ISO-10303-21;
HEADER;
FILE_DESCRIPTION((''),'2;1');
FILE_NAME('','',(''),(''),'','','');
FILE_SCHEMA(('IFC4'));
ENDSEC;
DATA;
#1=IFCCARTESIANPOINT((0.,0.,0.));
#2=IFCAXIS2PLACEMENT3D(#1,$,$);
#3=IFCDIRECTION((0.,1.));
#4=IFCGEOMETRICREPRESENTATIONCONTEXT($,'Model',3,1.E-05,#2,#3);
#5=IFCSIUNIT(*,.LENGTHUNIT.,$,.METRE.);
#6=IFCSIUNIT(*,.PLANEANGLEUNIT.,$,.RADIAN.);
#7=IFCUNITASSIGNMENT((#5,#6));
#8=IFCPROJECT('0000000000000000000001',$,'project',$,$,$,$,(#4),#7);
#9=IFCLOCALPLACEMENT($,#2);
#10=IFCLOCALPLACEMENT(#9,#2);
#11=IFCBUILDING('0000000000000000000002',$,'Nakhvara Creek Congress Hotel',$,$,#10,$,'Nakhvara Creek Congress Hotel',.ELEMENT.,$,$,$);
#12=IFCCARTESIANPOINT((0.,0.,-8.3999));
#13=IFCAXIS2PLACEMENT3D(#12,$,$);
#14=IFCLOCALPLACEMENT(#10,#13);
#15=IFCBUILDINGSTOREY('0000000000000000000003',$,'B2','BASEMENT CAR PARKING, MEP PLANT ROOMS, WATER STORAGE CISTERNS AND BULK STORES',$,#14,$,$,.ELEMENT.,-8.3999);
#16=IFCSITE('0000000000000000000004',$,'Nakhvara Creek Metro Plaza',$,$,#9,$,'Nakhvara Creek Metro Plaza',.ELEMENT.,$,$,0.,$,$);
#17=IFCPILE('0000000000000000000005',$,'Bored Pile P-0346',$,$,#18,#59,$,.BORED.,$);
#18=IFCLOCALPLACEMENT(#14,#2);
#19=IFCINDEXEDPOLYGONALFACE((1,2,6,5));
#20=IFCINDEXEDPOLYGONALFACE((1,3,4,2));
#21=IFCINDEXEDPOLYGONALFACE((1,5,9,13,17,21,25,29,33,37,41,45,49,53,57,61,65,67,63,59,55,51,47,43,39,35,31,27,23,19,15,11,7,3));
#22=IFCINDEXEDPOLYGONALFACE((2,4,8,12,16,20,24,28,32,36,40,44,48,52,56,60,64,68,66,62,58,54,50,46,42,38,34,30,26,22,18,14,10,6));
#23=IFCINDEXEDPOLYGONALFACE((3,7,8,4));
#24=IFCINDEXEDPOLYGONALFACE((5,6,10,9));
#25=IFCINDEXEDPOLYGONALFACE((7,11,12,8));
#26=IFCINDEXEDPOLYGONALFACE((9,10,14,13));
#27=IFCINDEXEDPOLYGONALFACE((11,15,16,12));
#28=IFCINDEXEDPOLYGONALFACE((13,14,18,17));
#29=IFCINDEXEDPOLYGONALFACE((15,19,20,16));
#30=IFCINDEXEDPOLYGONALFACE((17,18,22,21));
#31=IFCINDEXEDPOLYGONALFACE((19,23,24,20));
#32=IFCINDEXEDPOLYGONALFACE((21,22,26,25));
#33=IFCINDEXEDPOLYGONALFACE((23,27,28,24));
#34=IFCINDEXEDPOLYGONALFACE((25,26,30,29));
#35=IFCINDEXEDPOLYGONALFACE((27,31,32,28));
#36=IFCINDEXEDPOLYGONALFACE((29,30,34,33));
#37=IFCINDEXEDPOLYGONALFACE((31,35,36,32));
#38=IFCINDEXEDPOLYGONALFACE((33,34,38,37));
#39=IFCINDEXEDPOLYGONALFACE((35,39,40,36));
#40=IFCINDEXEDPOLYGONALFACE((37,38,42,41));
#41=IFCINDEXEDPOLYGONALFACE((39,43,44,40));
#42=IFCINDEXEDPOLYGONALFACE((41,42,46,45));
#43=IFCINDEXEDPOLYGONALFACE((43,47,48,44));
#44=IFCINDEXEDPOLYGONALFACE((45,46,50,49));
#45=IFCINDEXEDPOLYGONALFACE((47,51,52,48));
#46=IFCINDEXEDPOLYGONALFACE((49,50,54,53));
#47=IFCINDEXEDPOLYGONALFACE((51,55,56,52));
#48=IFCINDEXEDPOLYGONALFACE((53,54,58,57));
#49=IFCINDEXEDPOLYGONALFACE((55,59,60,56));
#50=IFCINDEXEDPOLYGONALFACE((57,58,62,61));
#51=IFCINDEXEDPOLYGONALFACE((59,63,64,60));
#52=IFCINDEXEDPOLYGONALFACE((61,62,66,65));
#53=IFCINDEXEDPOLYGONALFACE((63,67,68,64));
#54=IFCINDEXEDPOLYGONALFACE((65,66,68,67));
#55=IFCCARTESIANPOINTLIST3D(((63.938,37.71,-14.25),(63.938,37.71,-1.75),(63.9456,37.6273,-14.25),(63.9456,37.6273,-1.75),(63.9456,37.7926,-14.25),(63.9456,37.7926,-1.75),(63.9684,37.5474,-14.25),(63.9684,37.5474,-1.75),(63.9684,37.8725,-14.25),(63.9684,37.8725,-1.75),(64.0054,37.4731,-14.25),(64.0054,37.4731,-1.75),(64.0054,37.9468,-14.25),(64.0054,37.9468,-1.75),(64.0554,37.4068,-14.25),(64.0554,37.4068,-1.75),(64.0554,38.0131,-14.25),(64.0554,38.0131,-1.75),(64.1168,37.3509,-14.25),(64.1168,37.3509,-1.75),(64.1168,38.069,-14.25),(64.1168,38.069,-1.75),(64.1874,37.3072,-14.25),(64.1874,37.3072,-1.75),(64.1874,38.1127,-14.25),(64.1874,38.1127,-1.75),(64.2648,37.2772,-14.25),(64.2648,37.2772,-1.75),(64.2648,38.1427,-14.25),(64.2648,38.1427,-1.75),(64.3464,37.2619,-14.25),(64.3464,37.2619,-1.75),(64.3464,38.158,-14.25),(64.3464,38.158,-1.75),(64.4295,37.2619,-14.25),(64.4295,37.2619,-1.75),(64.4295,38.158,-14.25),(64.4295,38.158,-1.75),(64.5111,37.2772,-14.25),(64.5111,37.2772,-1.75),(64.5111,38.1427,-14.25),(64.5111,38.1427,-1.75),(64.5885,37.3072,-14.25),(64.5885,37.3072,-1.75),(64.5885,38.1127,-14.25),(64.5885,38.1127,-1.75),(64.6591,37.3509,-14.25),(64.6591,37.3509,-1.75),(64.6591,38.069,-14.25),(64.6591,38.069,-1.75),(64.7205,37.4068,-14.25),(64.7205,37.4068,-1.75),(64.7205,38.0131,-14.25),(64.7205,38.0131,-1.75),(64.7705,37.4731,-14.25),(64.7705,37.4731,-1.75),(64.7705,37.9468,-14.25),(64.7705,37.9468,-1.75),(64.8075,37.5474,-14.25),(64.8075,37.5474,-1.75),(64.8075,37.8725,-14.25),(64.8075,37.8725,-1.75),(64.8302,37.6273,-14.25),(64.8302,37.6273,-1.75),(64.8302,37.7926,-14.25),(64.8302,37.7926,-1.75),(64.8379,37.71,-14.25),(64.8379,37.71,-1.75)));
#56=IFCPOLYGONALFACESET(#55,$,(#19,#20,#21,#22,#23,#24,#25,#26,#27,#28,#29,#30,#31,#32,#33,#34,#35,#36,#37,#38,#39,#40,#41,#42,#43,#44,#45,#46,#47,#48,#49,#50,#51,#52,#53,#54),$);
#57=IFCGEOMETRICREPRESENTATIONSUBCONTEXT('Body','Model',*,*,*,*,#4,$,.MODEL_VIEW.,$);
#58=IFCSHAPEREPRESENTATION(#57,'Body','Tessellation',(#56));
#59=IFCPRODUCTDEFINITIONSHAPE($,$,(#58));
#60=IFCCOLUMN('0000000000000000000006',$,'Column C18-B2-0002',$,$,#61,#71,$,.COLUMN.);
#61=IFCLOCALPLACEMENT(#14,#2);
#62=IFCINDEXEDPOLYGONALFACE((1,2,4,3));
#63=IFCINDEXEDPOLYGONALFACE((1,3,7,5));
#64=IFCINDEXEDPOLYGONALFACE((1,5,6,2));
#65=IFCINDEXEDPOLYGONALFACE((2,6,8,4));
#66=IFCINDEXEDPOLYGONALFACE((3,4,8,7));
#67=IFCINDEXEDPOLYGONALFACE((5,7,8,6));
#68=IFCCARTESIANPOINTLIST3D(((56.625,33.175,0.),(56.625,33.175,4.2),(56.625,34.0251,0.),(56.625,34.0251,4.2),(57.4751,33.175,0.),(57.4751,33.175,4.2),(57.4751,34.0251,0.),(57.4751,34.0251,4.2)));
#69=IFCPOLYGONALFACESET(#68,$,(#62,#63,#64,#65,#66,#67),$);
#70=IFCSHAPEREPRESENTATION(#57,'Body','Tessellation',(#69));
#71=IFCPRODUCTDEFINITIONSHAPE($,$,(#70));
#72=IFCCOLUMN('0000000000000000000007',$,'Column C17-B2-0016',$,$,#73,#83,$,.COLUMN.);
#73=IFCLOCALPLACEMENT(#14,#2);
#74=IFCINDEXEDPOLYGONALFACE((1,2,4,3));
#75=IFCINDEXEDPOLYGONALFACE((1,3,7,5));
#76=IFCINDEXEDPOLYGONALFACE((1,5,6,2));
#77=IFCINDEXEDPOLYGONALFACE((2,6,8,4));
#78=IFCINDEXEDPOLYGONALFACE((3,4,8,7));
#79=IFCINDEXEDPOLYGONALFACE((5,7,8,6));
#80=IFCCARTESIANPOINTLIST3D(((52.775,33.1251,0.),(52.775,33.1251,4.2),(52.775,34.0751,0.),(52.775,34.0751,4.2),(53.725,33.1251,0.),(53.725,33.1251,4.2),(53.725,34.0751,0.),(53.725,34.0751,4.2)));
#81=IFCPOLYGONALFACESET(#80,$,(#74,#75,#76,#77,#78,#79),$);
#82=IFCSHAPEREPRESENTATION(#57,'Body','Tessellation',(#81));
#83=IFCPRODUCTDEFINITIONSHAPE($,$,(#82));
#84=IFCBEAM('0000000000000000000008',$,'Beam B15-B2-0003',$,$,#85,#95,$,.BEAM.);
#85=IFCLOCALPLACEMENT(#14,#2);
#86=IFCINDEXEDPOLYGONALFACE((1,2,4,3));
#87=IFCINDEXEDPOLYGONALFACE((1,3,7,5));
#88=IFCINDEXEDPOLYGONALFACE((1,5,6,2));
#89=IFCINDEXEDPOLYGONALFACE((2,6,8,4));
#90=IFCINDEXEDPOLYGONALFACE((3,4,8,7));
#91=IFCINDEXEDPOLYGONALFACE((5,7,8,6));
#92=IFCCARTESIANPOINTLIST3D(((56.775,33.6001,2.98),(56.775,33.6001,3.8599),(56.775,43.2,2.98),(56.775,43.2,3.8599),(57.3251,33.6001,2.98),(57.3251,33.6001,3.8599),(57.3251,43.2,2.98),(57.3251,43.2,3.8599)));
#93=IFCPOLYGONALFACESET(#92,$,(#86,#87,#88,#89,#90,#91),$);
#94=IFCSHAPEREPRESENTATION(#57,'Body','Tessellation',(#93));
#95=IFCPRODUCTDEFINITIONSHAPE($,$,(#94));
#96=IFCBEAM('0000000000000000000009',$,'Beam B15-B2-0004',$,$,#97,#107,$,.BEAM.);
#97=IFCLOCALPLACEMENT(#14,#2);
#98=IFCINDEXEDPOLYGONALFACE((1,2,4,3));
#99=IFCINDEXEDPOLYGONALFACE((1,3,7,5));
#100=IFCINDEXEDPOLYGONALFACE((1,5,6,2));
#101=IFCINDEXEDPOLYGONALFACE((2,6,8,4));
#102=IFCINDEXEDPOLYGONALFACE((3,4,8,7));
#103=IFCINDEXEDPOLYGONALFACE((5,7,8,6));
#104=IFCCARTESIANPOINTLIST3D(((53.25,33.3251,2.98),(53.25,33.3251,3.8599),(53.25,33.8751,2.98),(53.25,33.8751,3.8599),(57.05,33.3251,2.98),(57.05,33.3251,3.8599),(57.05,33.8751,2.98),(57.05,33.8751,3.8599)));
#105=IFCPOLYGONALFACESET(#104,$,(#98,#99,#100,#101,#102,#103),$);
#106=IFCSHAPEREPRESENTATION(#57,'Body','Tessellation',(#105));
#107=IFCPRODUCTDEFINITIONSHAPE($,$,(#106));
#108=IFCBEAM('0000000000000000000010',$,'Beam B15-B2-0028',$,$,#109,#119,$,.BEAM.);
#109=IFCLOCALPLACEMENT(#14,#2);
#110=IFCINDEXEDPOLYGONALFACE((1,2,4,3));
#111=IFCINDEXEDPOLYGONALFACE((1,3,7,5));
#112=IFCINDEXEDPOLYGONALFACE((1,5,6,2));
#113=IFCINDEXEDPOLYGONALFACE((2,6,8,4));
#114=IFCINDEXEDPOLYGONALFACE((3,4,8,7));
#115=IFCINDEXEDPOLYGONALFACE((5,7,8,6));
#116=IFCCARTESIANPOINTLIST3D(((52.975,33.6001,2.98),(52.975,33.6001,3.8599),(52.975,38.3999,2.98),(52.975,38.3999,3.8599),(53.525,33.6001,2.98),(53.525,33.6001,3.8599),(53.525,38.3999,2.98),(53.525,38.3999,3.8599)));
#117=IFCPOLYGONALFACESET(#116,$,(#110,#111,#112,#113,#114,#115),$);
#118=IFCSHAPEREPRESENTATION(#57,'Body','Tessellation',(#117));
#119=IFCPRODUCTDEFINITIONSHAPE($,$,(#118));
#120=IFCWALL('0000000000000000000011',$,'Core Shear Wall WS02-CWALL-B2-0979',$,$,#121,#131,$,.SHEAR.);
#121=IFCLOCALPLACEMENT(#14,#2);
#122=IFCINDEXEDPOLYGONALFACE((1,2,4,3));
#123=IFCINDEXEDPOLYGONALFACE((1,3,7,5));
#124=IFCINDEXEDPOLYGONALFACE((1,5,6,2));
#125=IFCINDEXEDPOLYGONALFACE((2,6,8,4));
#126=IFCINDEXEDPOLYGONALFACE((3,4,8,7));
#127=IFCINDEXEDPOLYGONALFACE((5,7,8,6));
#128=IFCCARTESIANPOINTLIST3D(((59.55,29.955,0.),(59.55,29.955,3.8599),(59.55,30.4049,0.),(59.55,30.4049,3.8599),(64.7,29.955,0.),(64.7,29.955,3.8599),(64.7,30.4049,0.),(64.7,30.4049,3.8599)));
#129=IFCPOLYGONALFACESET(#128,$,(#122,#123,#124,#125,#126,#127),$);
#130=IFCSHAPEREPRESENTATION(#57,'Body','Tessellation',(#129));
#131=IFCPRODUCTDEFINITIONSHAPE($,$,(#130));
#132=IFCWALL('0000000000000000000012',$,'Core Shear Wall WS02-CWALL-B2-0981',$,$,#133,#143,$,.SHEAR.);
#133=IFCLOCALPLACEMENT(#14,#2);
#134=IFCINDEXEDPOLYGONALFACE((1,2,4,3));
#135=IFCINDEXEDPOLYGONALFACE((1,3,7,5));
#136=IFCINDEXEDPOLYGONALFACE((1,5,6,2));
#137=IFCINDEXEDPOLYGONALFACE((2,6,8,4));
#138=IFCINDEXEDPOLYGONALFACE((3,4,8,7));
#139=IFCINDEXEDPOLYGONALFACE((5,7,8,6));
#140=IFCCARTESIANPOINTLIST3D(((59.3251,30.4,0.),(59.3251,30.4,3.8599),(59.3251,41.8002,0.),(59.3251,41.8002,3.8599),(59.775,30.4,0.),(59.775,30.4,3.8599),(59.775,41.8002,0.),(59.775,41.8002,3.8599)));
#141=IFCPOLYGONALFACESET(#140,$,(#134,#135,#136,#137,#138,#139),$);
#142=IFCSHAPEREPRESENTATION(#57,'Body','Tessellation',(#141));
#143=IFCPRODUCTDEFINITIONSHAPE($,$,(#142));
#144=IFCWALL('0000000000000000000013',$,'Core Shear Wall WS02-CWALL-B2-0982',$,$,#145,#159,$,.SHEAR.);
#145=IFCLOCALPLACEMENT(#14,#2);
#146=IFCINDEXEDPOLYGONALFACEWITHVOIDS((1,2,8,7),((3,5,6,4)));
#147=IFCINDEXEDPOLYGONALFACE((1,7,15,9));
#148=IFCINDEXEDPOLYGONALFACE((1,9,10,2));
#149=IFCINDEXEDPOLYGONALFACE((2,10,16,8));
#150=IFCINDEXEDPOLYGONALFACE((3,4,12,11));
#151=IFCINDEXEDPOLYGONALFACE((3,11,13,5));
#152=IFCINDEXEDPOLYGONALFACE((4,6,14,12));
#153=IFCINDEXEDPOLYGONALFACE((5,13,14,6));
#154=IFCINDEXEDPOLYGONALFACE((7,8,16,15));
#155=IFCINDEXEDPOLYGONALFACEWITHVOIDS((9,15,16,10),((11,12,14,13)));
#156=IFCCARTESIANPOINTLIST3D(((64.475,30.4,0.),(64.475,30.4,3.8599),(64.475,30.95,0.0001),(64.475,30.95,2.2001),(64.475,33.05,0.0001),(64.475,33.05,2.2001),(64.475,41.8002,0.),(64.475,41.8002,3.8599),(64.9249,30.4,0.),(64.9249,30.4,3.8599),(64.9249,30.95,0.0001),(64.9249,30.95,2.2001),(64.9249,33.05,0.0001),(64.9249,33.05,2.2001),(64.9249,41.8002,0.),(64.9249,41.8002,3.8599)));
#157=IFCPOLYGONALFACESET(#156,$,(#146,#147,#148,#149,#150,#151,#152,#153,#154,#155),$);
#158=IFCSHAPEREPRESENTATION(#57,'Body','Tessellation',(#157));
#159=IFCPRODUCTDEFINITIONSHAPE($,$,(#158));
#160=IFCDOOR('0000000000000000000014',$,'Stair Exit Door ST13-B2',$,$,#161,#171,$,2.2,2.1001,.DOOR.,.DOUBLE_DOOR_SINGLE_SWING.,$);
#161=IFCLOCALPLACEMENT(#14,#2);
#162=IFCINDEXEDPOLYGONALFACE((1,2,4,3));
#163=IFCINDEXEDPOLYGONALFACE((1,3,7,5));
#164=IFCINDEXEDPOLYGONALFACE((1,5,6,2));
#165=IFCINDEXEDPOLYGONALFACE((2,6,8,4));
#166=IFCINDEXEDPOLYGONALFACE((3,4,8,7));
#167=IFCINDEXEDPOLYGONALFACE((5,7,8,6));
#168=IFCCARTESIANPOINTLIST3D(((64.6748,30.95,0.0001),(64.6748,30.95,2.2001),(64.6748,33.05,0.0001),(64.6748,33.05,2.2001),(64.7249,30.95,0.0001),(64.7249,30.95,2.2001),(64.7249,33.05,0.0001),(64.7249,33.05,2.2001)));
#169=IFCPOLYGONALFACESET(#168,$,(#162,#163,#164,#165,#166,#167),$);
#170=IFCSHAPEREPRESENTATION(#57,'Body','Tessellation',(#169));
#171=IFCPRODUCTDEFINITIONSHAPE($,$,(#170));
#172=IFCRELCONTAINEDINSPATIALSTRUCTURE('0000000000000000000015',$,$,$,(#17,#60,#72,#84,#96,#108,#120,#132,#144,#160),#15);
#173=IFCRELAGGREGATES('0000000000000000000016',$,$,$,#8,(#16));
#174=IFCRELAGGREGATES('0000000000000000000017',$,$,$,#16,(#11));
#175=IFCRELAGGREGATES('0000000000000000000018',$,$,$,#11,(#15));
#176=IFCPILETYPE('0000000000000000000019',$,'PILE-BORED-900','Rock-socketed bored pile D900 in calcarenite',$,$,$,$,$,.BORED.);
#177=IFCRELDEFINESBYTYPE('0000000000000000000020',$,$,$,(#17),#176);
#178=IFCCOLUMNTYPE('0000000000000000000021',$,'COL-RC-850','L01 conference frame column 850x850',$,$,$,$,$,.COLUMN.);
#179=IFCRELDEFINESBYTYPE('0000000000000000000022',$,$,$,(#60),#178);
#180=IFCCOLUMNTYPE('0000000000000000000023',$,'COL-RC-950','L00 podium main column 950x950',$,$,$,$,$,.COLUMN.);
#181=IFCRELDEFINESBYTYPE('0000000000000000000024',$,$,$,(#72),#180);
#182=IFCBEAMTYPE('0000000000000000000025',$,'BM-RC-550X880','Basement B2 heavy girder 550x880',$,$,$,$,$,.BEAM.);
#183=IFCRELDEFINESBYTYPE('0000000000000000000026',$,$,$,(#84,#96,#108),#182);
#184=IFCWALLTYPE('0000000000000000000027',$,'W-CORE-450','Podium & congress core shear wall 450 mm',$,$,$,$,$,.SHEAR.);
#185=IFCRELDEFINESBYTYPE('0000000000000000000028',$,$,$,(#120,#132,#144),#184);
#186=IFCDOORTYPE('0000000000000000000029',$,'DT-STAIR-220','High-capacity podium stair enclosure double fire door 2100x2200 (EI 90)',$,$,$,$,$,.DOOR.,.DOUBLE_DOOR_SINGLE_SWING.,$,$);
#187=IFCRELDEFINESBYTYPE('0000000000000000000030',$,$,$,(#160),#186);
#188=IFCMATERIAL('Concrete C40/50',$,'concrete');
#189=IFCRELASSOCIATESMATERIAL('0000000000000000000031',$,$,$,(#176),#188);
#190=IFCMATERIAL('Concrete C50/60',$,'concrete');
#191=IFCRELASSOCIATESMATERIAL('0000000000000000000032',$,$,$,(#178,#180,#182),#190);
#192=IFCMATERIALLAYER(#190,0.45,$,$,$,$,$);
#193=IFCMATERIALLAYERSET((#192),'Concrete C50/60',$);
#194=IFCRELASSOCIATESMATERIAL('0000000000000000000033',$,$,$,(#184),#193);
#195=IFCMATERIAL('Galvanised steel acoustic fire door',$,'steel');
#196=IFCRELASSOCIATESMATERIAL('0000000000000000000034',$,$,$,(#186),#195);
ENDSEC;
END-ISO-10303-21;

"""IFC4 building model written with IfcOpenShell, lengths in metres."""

from ifc_helpers import new_model, si_unit, direction, frame, frame_2d, origin, origin_2d, place, context, subcontext, project, spatial, rectangle, circle, extrude, material, layer, layer_set, material_profile, profile_set, type_object, element, fill, save


model = new_model("IFC4")

# Units and contexts
model_context = context("Model", 3, precision=1e-05, world=origin(), true_north=direction((0.0, 1.0)))
body_context = subcontext(model_context, "Body", "Model", "MODEL_VIEW")
ifc_project = project(units=[si_unit("LENGTHUNIT", "METRE"), si_unit("PLANEANGLEUNIT", "RADIAN")], contexts=[model_context])

# Site, building, storey
site_placement = place(None, origin())
site = spatial("IfcSite", under=ifc_project, at=site_placement, Name="Nakhvara Creek Metro Plaza", LongName="Nakhvara Creek Metro Plaza", CompositionType="ELEMENT", RefElevation=0.0)
building_placement = place(site_placement, origin())
building = spatial("IfcBuilding", under=site, at=building_placement, Name="Nakhvara Creek Congress Hotel", LongName="Nakhvara Creek Congress Hotel", CompositionType="ELEMENT")
storey_placement = place(building_placement, frame((0.0, 0.0, -8.3999)))
storey = spatial("IfcBuildingStorey", under=building, at=storey_placement, Name="B2", Description="BASEMENT CAR PARKING, MEP PLANT ROOMS, WATER STORAGE CISTERNS AND BULK STORES", CompositionType="ELEMENT", Elevation=-8.3999)

# Shared definitions
ifc_material_1 = material(Name="Concrete C40/50", Category="concrete")

# Pile
ifc_material_profile_1 = material_profile(ifc_material_1, circle(Radius=0.45, at=origin_2d()), Name="BORED PILE D900", Category="LoadBearing")
ifc_profile_set_1 = profile_set([ifc_material_profile_1], Name="Concrete C40/50")
pile_type = type_object("IfcPileType", Name="PILE-BORED-900", Description="Rock-socketed bored pile D900 in calcarenite", PredefinedType="BORED", material=ifc_profile_set_1)
for number, where, z_axis, x_axis, name in (
    (1, (64.3879, 37.71, -1.75), (0.0, 0.0, -1.0), (1.0, 0.0, 0.0), "Bored Pile P-0346"),
):
    element("IfcPile", number, at=place(storey_placement, frame(where, z_axis=z_axis, x_axis=x_axis)), inside=storey, type_object=pile_type, Name=name, PredefinedType="BORED", context=body_context, shape_type="SweptSolid", body=[
        extrude(circle(Radius=0.45, at=origin_2d()), origin(), (0.0, 0.0, 1.0), 12.5),
    ])

# Columns
ifc_material_2 = material(Name="Concrete C50/60", Category="concrete")
ifc_material_profile_2 = material_profile(ifc_material_2, rectangle(XDim=0.8501, YDim=0.8501, at=origin_2d()), Name="RC-COL 850x850", Category="LoadBearing")
ifc_profile_set_2 = profile_set([ifc_material_profile_2], Name="Concrete C50/60")
column_type_1 = type_object("IfcColumnType", Name="COL-RC-850", Description="L01 conference frame column 850x850", PredefinedType="COLUMN", material=ifc_profile_set_2)
column_1_placement = place(storey_placement, frame((57.05, 33.6001, 0.0), z_axis=(0.0, 0.0, 1.0), x_axis=(1.0, 0.0, 0.0)))
element("IfcColumn", 2, at=column_1_placement, inside=storey, type_object=column_type_1, Name="Column C18-B2-0002", PredefinedType="COLUMN", context=body_context, shape_type="SweptSolid", body=[
    extrude(rectangle(XDim=0.8501, YDim=0.8501, at=origin_2d()), origin(), (0.0, 0.0, 1.0), 4.2),
])
ifc_material_profile_3 = material_profile(ifc_material_2, rectangle(XDim=0.95, YDim=0.95, at=origin_2d()), Name="RC-COL 950x950", Category="LoadBearing")
ifc_profile_set_3 = profile_set([ifc_material_profile_3], Name="Concrete C50/60")
column_type_2 = type_object("IfcColumnType", Name="COL-RC-950", Description="L00 podium main column 950x950", PredefinedType="COLUMN", material=ifc_profile_set_3)
column_2_placement = place(storey_placement, frame((53.25, 33.6001, 0.0), z_axis=(0.0, 0.0, 1.0), x_axis=(1.0, 0.0, 0.0)))
element("IfcColumn", 3, at=column_2_placement, inside=storey, type_object=column_type_2, Name="Column C17-B2-0016", PredefinedType="COLUMN", context=body_context, shape_type="SweptSolid", body=[
    extrude(rectangle(XDim=0.95, YDim=0.95, at=origin_2d()), origin(), (0.0, 0.0, 1.0), 4.2),
])

# Beams
ifc_material_profile_4 = material_profile(ifc_material_2, rectangle(XDim=0.55, YDim=0.8799, at=origin_2d()), Name="RC-BM 550x880", Category="LoadBearing")
ifc_profile_set_4 = profile_set([ifc_material_profile_4], Name="Concrete C50/60")
beam_type = type_object("IfcBeamType", Name="BM-RC-550X880", Description="Basement B2 heavy girder 550x880", PredefinedType="BEAM", material=ifc_profile_set_4)
beam_1_placement = place(storey_placement, frame((57.05, 33.6001, 3.4199), z_axis=(0.0, 1.0, 0.0), x_axis=(-1.0, 0.0, 0.0)))
element("IfcBeam", 4, at=beam_1_placement, inside=storey, type_object=beam_type, Name="Beam B15-B2-0003", PredefinedType="BEAM", context=body_context, shape_type="SweptSolid", body=[
    extrude(rectangle(XDim=0.55, YDim=0.8799, at=origin_2d()), origin(), (0.0, 0.0, 1.0), 9.5999),
])
beam_2_placement = place(storey_placement, frame((53.25, 33.6001, 3.4199), z_axis=(1.0, 0.0, 0.0), x_axis=(0.0, 1.0, 0.0)))
element("IfcBeam", 5, at=beam_2_placement, inside=storey, type_object=beam_type, Name="Beam B15-B2-0004", PredefinedType="BEAM", context=body_context, shape_type="SweptSolid", body=[
    extrude(rectangle(XDim=0.55, YDim=0.8799, at=origin_2d()), origin(), (0.0, 0.0, 1.0), 3.8),
])
beam_3_placement = place(storey_placement, frame((53.25, 33.6001, 3.4199), z_axis=(0.0, 1.0, 0.0), x_axis=(-1.0, 0.0, 0.0)))
element("IfcBeam", 6, at=beam_3_placement, inside=storey, type_object=beam_type, Name="Beam B15-B2-0028", PredefinedType="BEAM", context=body_context, shape_type="SweptSolid", body=[
    extrude(rectangle(XDim=0.55, YDim=0.8799, at=origin_2d()), origin(), (0.0, 0.0, 1.0), 4.7998),
])

# Walls
ifc_layer_1 = layer(ifc_material_2, 0.45)
ifc_layer_set_1 = layer_set([ifc_layer_1], Name="Concrete C50/60")
wall_type_1 = type_object("IfcWallType", Name="W-CORE-450", Description="Podium & congress core shear wall 450 mm", PredefinedType="SHEAR", material=ifc_layer_set_1)
wall_1_placement = place(storey_placement, frame((59.55, 30.1799, 0.0), z_axis=(0.0, 0.0, 1.0), x_axis=(1.0, 0.0, 0.0)))
element("IfcWall", 7, at=wall_1_placement, inside=storey, type_object=wall_type_1, Name="Core Shear Wall WS02-CWALL-B2-0979", PredefinedType="SHEAR", context=body_context, shape_type="SweptSolid", body=[
    extrude(rectangle(XDim=5.1499, YDim=0.45, at=frame_2d((2.575, 0.0))), origin(), (0.0, 0.0, 1.0), 3.8599),
])
wall_2_placement = place(storey_placement, frame((59.55, 30.3999, 0.0), z_axis=(0.0, 0.0, 1.0), x_axis=(0.0, 1.0, 0.0)))
element("IfcWall", 8, at=wall_2_placement, inside=storey, type_object=wall_type_1, Name="Core Shear Wall WS02-CWALL-B2-0981", PredefinedType="SHEAR", context=body_context, shape_type="SweptSolid", body=[
    extrude(rectangle(XDim=11.4001, YDim=0.45, at=frame_2d((5.7002, 0.0))), origin(), (0.0, 0.0, 1.0), 3.8599),
])

# Wall, opening, door
wall_3_placement = place(storey_placement, frame((64.7, 30.3999, 0.0), z_axis=(0.0, 0.0, 1.0), x_axis=(0.0, 1.0, 0.0)))
wall_3 = element("IfcWall", 9, at=wall_3_placement, inside=storey, type_object=wall_type_1, Name="Core Shear Wall WS02-CWALL-B2-0982", PredefinedType="SHEAR", context=body_context, shape_type="SweptSolid", body=[
    extrude(rectangle(XDim=11.4001, YDim=0.45, at=frame_2d((5.7002, 0.0))), origin(), (0.0, 0.0, 1.0), 3.8599),
])
opening_placement = place(wall_3_placement, frame((0.55, 0.0, 0.0)))
opening = element("IfcOpeningElement", 10, at=opening_placement, cuts=wall_3, PredefinedType="OPENING", context=body_context, shape_type="SweptSolid", body=[
    extrude(rectangle(XDim=2.1001, YDim=2.2, at=frame_2d((1.05, 1.1001))), frame((0.0, 0.2368, 0.0), z_axis=(0.0, -1.0, 0.0), x_axis=(1.0, 0.0, 0.0)), (0.0, 0.0, 1.0), 0.4739),
])
ifc_material_3 = material(Name="Galvanised steel acoustic fire door", Category="steel")
door_type = type_object("IfcDoorType", Name="DT-STAIR-220", Description="High-capacity podium stair enclosure double fire door 2100x2200 (EI 90)", OperationType="DOUBLE_DOOR_SINGLE_SWING", PredefinedType="DOOR", material=ifc_material_3)
door_placement = place(opening_placement, frame((2.1001, 0.0, 0.0), z_axis=(0.0, 0.0, 1.0), x_axis=(-1.0, 0.0, 0.0)))
door = element("IfcDoor", 11, at=door_placement, inside=storey, type_object=door_type, Name="Stair Exit Door ST13-B2", OperationType="DOUBLE_DOOR_SINGLE_SWING", OverallHeight=2.2, OverallWidth=2.1001, PredefinedType="DOOR", context=body_context, shape_type="SweptSolid", body=[
    extrude(rectangle(XDim=2.1001, YDim=2.2, at=frame_2d((1.05, 1.1001))), frame((0.0, 0.0249, 0.0), z_axis=(0.0, -1.0, 0.0), x_axis=(1.0, 0.0, 0.0)), (0.0, 0.0, 1.0), 0.05),
])
fill(opening, door)

save(model, "model.ifc")
